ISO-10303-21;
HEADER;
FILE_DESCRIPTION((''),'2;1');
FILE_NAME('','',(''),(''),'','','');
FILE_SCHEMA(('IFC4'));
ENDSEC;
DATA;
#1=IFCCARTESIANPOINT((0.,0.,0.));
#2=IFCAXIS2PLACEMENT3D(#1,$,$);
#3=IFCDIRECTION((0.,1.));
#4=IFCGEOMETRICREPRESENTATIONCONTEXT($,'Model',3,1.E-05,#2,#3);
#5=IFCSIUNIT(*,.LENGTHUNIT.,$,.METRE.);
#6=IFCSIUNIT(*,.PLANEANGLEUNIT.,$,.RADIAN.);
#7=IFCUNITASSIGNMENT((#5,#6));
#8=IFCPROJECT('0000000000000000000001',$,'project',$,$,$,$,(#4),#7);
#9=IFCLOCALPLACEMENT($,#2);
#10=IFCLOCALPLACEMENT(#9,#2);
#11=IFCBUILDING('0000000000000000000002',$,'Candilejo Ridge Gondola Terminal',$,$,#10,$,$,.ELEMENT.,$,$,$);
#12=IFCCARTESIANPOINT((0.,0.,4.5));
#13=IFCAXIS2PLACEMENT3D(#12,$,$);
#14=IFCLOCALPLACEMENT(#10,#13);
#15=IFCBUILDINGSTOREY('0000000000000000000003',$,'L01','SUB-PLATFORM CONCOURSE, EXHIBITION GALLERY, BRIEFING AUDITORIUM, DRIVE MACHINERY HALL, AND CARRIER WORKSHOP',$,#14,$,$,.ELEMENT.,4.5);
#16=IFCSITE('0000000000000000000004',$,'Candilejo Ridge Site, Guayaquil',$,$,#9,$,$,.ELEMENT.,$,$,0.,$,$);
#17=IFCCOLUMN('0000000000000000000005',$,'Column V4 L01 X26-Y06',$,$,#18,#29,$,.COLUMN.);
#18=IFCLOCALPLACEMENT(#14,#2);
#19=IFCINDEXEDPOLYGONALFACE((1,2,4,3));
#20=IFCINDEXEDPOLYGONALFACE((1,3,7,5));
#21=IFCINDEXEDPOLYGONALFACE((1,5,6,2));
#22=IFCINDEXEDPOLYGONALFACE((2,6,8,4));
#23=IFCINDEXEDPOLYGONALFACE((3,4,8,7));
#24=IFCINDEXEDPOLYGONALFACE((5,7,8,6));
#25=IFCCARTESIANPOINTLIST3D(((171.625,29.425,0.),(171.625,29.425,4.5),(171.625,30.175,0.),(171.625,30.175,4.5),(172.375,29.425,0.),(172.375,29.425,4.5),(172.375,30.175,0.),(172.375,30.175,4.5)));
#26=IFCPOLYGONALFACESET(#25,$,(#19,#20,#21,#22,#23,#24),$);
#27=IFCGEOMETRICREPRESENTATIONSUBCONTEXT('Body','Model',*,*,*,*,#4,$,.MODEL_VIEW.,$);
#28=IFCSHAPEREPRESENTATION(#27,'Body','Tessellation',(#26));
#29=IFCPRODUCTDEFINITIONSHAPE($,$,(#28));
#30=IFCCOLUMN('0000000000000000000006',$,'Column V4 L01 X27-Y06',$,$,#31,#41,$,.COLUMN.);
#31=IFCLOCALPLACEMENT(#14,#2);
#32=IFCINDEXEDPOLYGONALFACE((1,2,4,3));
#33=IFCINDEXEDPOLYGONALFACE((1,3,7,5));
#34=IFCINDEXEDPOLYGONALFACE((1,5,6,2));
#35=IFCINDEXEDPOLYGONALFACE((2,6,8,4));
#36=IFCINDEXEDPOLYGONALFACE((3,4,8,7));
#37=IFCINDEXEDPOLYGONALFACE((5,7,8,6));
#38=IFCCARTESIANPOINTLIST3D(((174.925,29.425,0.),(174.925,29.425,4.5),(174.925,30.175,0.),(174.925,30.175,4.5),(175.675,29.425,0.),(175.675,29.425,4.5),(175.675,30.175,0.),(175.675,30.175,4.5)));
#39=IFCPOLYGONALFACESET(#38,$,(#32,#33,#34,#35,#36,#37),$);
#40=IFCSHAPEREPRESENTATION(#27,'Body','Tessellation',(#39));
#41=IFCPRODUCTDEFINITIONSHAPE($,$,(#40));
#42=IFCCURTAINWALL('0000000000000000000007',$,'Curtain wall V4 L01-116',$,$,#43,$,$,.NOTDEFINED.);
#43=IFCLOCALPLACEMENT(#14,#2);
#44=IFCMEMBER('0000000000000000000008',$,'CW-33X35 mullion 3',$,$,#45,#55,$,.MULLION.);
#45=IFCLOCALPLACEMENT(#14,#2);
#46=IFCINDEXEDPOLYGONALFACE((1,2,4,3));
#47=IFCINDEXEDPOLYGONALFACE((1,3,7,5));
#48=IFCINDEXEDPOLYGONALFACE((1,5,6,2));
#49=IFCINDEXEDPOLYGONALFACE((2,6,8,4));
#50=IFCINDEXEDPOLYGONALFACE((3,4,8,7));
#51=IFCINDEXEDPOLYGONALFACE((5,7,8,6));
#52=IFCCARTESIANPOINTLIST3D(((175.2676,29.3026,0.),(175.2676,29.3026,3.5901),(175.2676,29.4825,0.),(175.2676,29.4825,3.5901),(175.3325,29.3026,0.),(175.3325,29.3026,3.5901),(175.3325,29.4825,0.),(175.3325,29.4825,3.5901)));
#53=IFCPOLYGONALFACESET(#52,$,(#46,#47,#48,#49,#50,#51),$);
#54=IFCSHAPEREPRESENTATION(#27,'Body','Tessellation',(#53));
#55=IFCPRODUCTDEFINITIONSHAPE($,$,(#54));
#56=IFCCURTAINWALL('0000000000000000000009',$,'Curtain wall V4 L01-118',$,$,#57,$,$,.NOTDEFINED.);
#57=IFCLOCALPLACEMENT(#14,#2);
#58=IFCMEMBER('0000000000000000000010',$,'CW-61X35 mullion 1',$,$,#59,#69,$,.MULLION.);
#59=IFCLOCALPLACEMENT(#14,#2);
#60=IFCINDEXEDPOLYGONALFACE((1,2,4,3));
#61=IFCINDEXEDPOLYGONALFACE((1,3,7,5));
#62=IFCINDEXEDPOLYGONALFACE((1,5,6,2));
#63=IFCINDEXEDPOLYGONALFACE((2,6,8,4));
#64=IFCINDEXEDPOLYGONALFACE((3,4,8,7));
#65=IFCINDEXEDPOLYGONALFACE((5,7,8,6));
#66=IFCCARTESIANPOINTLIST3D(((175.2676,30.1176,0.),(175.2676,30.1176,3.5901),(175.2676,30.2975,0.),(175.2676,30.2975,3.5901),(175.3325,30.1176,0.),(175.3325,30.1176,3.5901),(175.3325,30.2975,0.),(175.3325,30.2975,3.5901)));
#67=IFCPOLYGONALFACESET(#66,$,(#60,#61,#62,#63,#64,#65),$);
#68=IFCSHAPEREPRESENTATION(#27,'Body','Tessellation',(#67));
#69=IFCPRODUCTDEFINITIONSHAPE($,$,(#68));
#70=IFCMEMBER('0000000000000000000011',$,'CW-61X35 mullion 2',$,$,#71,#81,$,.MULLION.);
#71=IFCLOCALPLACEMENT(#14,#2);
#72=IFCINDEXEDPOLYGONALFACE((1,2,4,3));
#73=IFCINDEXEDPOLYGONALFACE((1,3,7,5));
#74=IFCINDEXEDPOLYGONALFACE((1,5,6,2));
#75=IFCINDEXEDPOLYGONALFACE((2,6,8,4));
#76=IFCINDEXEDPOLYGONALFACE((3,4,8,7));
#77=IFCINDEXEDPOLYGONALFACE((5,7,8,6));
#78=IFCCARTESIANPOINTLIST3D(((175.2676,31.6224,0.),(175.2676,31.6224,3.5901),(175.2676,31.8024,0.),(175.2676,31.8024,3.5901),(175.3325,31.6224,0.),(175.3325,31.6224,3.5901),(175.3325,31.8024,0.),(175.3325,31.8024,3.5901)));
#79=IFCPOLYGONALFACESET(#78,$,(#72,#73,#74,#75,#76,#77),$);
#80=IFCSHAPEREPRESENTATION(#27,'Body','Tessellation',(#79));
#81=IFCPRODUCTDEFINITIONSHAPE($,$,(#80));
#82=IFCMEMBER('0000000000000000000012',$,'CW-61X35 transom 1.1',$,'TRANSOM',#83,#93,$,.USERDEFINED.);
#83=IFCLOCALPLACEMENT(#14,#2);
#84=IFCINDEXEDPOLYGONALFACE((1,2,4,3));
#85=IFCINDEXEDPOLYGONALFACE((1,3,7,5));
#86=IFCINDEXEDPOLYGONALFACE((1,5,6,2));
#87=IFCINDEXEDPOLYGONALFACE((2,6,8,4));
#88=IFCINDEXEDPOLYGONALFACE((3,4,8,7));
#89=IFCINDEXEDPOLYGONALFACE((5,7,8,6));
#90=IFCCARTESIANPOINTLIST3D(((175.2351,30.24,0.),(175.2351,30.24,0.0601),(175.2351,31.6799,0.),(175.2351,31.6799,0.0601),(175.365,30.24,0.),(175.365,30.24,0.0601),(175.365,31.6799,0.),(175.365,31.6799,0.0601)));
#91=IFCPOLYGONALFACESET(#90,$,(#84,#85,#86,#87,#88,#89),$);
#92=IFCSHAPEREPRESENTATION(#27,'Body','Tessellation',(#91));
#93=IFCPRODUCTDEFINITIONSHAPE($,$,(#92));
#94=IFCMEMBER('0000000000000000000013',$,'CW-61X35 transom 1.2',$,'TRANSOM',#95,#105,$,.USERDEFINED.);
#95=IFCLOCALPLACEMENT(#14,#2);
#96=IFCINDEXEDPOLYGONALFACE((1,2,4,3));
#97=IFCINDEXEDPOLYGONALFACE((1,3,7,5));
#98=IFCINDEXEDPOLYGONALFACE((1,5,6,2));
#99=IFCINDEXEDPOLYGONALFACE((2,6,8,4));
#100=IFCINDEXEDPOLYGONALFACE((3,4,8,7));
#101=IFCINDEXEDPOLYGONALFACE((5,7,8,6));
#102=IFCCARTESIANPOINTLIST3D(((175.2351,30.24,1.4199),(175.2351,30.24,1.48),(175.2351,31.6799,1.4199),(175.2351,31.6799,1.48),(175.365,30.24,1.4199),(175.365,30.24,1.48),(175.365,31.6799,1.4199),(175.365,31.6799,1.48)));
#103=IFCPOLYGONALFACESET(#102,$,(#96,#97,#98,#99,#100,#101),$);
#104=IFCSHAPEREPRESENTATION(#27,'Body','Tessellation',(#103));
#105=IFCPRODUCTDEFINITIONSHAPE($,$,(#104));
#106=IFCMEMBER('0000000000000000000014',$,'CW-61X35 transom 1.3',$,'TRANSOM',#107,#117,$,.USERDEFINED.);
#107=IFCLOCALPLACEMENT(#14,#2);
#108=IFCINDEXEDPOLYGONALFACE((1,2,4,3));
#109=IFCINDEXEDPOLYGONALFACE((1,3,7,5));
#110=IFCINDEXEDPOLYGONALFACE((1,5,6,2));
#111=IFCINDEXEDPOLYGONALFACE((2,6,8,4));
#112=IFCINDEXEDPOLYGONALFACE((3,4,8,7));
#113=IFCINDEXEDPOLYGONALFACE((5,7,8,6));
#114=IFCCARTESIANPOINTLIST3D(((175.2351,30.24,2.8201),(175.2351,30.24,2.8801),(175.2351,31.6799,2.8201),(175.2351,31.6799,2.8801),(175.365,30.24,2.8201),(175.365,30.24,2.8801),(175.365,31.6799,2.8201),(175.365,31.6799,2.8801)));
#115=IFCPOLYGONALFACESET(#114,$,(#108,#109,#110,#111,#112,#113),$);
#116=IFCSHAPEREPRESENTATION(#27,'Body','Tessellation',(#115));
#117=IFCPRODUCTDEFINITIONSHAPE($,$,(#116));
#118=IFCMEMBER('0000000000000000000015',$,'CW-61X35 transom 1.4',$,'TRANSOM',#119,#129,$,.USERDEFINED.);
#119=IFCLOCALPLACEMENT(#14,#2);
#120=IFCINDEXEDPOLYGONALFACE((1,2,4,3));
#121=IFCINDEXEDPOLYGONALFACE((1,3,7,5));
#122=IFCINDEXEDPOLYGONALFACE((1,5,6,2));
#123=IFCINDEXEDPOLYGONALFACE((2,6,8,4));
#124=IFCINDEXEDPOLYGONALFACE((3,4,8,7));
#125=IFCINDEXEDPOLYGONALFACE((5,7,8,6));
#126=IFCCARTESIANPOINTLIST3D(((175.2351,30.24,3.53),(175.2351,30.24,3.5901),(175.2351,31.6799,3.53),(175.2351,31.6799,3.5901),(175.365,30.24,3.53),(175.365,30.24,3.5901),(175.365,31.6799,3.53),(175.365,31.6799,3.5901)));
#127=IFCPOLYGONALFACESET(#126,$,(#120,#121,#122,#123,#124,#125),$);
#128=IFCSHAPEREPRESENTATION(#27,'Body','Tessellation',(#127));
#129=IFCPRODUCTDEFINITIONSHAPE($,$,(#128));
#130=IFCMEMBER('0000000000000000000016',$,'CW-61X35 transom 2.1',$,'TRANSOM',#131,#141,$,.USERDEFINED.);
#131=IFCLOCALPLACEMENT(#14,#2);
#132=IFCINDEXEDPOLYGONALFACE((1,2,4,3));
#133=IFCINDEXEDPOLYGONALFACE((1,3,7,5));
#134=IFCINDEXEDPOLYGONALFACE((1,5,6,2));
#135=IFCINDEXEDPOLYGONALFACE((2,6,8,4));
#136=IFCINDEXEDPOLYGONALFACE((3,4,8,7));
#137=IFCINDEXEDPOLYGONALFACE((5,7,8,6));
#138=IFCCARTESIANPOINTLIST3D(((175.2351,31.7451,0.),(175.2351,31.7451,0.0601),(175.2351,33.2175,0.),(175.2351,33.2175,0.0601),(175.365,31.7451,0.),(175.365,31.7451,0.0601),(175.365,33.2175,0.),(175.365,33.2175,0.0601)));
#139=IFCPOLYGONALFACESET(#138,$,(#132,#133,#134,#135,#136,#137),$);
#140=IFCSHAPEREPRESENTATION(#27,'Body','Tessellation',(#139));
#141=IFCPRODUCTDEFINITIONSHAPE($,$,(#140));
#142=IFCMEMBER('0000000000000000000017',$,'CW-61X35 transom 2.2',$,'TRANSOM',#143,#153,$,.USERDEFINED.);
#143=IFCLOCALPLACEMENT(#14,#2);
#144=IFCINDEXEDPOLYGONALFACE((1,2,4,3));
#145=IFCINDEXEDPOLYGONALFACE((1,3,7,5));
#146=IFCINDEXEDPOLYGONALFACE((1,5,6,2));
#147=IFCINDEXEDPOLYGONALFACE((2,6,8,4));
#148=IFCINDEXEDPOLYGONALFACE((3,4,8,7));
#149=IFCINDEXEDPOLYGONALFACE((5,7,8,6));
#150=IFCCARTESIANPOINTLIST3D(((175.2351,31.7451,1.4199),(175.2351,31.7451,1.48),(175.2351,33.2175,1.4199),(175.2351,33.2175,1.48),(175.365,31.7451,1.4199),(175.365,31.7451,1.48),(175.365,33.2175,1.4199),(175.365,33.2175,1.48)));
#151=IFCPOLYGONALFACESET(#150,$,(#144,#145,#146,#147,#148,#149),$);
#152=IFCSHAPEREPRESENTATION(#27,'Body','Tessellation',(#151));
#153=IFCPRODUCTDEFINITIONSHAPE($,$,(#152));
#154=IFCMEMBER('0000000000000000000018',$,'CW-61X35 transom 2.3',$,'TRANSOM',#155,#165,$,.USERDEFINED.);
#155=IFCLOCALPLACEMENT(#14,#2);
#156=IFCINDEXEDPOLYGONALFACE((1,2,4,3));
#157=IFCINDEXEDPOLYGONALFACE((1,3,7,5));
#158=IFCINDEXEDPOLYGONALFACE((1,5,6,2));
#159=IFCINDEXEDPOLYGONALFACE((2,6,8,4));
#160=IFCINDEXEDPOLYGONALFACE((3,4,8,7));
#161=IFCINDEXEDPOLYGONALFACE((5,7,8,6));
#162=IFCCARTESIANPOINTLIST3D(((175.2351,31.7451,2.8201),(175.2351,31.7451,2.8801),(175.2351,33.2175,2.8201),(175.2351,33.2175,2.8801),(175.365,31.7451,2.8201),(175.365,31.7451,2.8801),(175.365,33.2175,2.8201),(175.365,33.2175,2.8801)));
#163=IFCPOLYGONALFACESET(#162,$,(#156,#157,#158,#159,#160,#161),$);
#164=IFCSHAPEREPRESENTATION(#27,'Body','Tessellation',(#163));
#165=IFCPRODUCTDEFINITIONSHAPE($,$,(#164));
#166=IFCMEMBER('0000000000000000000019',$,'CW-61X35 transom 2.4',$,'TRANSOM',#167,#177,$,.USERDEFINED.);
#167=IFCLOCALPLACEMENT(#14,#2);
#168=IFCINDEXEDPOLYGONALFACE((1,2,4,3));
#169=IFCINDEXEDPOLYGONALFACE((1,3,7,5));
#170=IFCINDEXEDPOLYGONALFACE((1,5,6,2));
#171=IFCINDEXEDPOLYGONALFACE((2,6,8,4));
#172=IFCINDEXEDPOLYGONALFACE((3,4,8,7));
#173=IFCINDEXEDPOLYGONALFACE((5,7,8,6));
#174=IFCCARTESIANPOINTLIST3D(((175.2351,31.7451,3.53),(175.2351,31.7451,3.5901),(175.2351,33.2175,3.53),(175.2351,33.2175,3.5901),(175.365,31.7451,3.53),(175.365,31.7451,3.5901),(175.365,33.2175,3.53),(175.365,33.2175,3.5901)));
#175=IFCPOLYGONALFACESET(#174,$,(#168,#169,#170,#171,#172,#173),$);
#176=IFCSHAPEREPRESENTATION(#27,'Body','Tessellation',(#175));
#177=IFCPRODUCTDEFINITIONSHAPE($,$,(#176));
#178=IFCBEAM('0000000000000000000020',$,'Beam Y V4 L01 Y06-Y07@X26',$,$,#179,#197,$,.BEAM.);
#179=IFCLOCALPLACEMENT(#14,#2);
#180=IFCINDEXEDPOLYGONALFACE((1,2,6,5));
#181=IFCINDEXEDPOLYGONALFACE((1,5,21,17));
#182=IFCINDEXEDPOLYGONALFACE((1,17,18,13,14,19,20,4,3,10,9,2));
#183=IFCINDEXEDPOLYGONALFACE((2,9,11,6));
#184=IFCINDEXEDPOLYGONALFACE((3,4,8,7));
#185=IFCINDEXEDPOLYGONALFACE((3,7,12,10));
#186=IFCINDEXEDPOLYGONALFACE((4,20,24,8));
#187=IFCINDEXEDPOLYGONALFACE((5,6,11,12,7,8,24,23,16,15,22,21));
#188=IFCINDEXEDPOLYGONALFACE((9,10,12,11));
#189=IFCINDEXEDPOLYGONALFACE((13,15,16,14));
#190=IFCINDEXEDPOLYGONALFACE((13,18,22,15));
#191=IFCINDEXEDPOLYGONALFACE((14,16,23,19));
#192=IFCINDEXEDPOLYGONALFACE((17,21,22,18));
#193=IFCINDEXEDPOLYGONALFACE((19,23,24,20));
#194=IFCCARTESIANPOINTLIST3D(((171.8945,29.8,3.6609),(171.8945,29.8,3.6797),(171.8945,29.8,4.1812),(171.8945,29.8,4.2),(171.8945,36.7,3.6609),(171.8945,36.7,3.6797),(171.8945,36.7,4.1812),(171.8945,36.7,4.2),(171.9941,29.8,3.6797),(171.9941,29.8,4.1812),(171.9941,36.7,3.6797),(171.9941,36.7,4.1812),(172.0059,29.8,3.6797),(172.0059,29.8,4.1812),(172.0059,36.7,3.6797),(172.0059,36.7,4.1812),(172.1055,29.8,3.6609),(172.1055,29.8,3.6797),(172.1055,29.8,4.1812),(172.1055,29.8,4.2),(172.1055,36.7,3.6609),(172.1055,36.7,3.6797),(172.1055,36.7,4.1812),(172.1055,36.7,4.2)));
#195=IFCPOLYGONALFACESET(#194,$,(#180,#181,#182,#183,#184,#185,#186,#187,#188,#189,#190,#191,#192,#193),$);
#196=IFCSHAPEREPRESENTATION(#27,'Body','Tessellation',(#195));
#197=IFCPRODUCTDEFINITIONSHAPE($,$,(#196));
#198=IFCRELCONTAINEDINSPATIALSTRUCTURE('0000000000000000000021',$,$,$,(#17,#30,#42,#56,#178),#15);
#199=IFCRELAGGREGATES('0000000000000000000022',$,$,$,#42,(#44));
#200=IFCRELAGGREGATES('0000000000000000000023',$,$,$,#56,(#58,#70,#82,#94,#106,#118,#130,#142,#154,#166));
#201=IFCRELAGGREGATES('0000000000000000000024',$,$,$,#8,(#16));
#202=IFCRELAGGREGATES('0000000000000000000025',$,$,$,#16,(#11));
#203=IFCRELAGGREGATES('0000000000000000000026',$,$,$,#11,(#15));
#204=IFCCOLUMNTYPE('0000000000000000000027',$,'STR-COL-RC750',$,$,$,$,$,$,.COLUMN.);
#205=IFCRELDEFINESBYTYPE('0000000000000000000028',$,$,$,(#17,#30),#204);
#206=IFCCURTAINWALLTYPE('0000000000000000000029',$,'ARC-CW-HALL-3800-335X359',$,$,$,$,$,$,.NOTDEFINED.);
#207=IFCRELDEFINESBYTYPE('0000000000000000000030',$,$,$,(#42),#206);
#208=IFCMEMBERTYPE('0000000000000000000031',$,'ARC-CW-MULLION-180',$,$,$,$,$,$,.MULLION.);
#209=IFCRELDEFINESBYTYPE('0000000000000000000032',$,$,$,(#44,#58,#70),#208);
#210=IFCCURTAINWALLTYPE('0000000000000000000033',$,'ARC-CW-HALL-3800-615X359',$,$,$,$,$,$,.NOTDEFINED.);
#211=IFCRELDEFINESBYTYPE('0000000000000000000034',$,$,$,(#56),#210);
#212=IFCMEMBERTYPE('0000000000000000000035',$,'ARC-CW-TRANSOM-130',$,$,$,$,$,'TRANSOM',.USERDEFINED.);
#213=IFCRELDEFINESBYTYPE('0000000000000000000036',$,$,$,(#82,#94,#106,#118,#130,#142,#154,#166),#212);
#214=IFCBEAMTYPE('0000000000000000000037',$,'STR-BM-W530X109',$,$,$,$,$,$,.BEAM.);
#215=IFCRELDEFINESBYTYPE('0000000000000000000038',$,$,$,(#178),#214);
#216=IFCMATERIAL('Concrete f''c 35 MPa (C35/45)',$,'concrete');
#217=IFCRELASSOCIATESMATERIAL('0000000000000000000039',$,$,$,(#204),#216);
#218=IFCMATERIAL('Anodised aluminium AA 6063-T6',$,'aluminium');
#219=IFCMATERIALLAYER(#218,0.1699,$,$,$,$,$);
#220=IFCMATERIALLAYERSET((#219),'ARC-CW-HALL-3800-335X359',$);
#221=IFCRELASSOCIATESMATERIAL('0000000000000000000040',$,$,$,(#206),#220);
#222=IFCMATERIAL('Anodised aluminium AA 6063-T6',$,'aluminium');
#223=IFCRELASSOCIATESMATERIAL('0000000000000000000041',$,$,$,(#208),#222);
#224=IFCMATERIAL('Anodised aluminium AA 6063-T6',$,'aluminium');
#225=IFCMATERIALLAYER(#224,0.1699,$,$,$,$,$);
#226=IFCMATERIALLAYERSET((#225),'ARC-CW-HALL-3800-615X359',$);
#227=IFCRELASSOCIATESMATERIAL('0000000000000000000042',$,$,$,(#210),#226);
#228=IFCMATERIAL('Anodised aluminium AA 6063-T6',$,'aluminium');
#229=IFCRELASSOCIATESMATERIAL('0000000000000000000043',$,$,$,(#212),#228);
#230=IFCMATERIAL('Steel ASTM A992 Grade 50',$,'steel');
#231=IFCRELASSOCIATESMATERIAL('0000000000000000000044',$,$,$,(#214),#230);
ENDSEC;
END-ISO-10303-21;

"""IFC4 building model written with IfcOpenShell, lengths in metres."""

from ifc_helpers import new_model, si_unit, direction, frame, origin, origin_2d, place, context, subcontext, project, spatial, rectangle, i_section, extrude, material, layer, layer_set, material_profile, profile_set, type_object, element, aggregate, save


model = new_model("IFC4")

# Units and contexts
model_context = context("Model", 3, precision=1e-05, world=origin(), true_north=direction((0.0, 1.0)))
body_context = subcontext(model_context, "Body", "Model", "MODEL_VIEW")
ifc_project = project(units=[si_unit("LENGTHUNIT", "METRE"), si_unit("PLANEANGLEUNIT", "RADIAN")], contexts=[model_context])

# Site, building, storey
site_placement = place(None, origin())
site = spatial("IfcSite", under=ifc_project, at=site_placement, Name="Candilejo Ridge Site, Guayaquil", CompositionType="ELEMENT", RefElevation=0.0)
building_placement = place(site_placement, origin())
building = spatial("IfcBuilding", under=site, at=building_placement, Name="Candilejo Ridge Gondola Terminal", CompositionType="ELEMENT")
storey_placement = place(building_placement, frame((0.0, 0.0, 4.5)))
storey = spatial("IfcBuildingStorey", under=building, at=storey_placement, Name="L01", Description="SUB-PLATFORM CONCOURSE, EXHIBITION GALLERY, BRIEFING AUDITORIUM, DRIVE MACHINERY HALL, AND CARRIER WORKSHOP", CompositionType="ELEMENT", Elevation=4.5)

# Columns
ifc_material_1 = material(Name="Concrete f'c 35 MPa (C35/45)", Category="concrete")
ifc_material_profile_1 = material_profile(ifc_material_1, rectangle(XDim=0.75, YDim=0.75, at=origin_2d()))
ifc_profile_set_1 = profile_set([ifc_material_profile_1], Name="Concrete f'c 35 MPa (C35/45)")
column_type = type_object("IfcColumnType", Name="STR-COL-RC750", PredefinedType="COLUMN", material=ifc_profile_set_1)
for number, where, z_axis, x_axis, name in (
    (1, (172.0, 29.8, 0.0), (0.0, 0.0, 1.0), (1.0, 0.0, 0.0), "Column V4 L01 X26-Y06"),
    (2, (175.3, 29.8, 0.0), (0.0, 0.0, 1.0), (1.0, 0.0, 0.0), "Column V4 L01 X27-Y06"),
):
    element("IfcColumn", number, at=place(storey_placement, frame(where, z_axis=z_axis, x_axis=x_axis)), inside=storey, type_object=column_type, Name=name, PredefinedType="COLUMN", context=body_context, shape_type="SweptSolid", body=[
        extrude(rectangle(XDim=0.75, YDim=0.75, at=origin_2d()), origin(), (0.0, 0.0, 1.0), 4.5),
    ])

# Curtain wall, member
ifc_material_2 = material(Name="Anodised aluminium AA 6063-T6", Category="aluminium")
ifc_layer_1 = layer(ifc_material_2, 0.1699)
ifc_layer_set_1 = layer_set([ifc_layer_1], Name="ARC-CW-HALL-3800-335X359")
curtain_wall_type_1 = type_object("IfcCurtainWallType", Name="ARC-CW-HALL-3800-335X359", PredefinedType="NOTDEFINED", material=ifc_layer_set_1)
curtain_wall_1_placement = place(storey_placement, origin())
curtain_wall_1 = element("IfcCurtainWall", 3, at=curtain_wall_1_placement, inside=storey, type_object=curtain_wall_type_1, Name="Curtain wall V4 L01-116", PredefinedType="NOTDEFINED")
ifc_material_3 = material(Name="Anodised aluminium AA 6063-T6", Category="aluminium")
ifc_material_profile_2 = material_profile(ifc_material_3, rectangle(XDim=0.0649, YDim=0.1799, at=origin_2d()))
ifc_profile_set_2 = profile_set([ifc_material_profile_2], Name="Anodised aluminium AA 6063-T6")
member_type_1 = type_object("IfcMemberType", Name="ARC-CW-MULLION-180", PredefinedType="MULLION", material=ifc_profile_set_2)
member_1_placement = place(storey_placement, frame((175.3, 29.3926, 0.0), z_axis=(0.0, 0.0, 1.0), x_axis=(-1.0, 0.0, 0.0)))
member_1 = element("IfcMember", 4, at=member_1_placement, type_object=member_type_1, Name="CW-33X35 mullion 3", PredefinedType="MULLION", context=body_context, shape_type="SweptSolid", body=[
    extrude(rectangle(XDim=0.0649, YDim=0.1799, at=origin_2d()), origin(), (0.0, 0.0, 1.0), 3.5901),
])

# Curtain wall, members
ifc_material_4 = material(Name="Anodised aluminium AA 6063-T6", Category="aluminium")
ifc_layer_2 = layer(ifc_material_4, 0.1699)
ifc_layer_set_2 = layer_set([ifc_layer_2], Name="ARC-CW-HALL-3800-615X359")
curtain_wall_type_2 = type_object("IfcCurtainWallType", Name="ARC-CW-HALL-3800-615X359", PredefinedType="NOTDEFINED", material=ifc_layer_set_2)
curtain_wall_2_placement = place(storey_placement, origin())
curtain_wall_2 = element("IfcCurtainWall", 5, at=curtain_wall_2_placement, inside=storey, type_object=curtain_wall_type_2, Name="Curtain wall V4 L01-118", PredefinedType="NOTDEFINED")
member_2_placement = place(storey_placement, frame((175.3, 30.2075, 0.0), z_axis=(0.0, 0.0, 1.0), x_axis=(-1.0, 0.0, 0.0)))
member_2 = element("IfcMember", 6, at=member_2_placement, type_object=member_type_1, Name="CW-61X35 mullion 1", PredefinedType="MULLION", context=body_context, shape_type="SweptSolid", body=[
    extrude(rectangle(XDim=0.0649, YDim=0.1799, at=origin_2d()), origin(), (0.0, 0.0, 1.0), 3.5901),
])
member_3_placement = place(storey_placement, frame((175.3, 31.7124, 0.0), z_axis=(0.0, 0.0, 1.0), x_axis=(-1.0, 0.0, 0.0)))
member_3 = element("IfcMember", 7, at=member_3_placement, type_object=member_type_1, Name="CW-61X35 mullion 2", PredefinedType="MULLION", context=body_context, shape_type="SweptSolid", body=[
    extrude(rectangle(XDim=0.0649, YDim=0.1799, at=origin_2d()), origin(), (0.0, 0.0, 1.0), 3.5901),
])
ifc_material_5 = material(Name="Anodised aluminium AA 6063-T6", Category="aluminium")
ifc_material_profile_3 = material_profile(ifc_material_5, rectangle(XDim=0.1299, YDim=0.0601, at=origin_2d()))
ifc_profile_set_3 = profile_set([ifc_material_profile_3], Name="Anodised aluminium AA 6063-T6")
member_type_2 = type_object("IfcMemberType", Name="ARC-CW-TRANSOM-130", ElementType="TRANSOM", PredefinedType="USERDEFINED", material=ifc_profile_set_3)
member_4_placement = place(storey_placement, frame((175.3, 30.24, 0.03), z_axis=(0.0, 1.0, 0.0), x_axis=(-1.0, 0.0, 0.0)))
member_4 = element("IfcMember", 8, at=member_4_placement, type_object=member_type_2, Name="CW-61X35 transom 1.1", ObjectType="TRANSOM", PredefinedType="USERDEFINED", context=body_context, shape_type="SweptSolid", body=[
    extrude(rectangle(XDim=0.1299, YDim=0.0601, at=origin_2d()), origin(), (0.0, 0.0, 1.0), 1.4399),
])
member_5_placement = place(storey_placement, frame((175.3, 30.24, 1.45), z_axis=(0.0, 1.0, 0.0), x_axis=(-1.0, 0.0, 0.0)))
member_5 = element("IfcMember", 9, at=member_5_placement, type_object=member_type_2, Name="CW-61X35 transom 1.2", ObjectType="TRANSOM", PredefinedType="USERDEFINED", context=body_context, shape_type="SweptSolid", body=[
    extrude(rectangle(XDim=0.1299, YDim=0.0601, at=origin_2d()), origin(), (0.0, 0.0, 1.0), 1.4399),
])
member_6_placement = place(storey_placement, frame((175.3, 30.24, 2.8501), z_axis=(0.0, 1.0, 0.0), x_axis=(-1.0, 0.0, 0.0)))
member_6 = element("IfcMember", 10, at=member_6_placement, type_object=member_type_2, Name="CW-61X35 transom 1.3", ObjectType="TRANSOM", PredefinedType="USERDEFINED", context=body_context, shape_type="SweptSolid", body=[
    extrude(rectangle(XDim=0.1299, YDim=0.0601, at=origin_2d()), origin(), (0.0, 0.0, 1.0), 1.4399),
])
member_7_placement = place(storey_placement, frame((175.3, 30.24, 3.5601), z_axis=(0.0, 1.0, 0.0), x_axis=(-1.0, 0.0, 0.0)))
member_7 = element("IfcMember", 11, at=member_7_placement, type_object=member_type_2, Name="CW-61X35 transom 1.4", ObjectType="TRANSOM", PredefinedType="USERDEFINED", context=body_context, shape_type="SweptSolid", body=[
    extrude(rectangle(XDim=0.1299, YDim=0.0601, at=origin_2d()), origin(), (0.0, 0.0, 1.0), 1.4399),
])
member_8_placement = place(storey_placement, frame((175.3, 31.7451, 0.03), z_axis=(0.0, 1.0, 0.0), x_axis=(-1.0, 0.0, 0.0)))
member_8 = element("IfcMember", 12, at=member_8_placement, type_object=member_type_2, Name="CW-61X35 transom 2.1", ObjectType="TRANSOM", PredefinedType="USERDEFINED", context=body_context, shape_type="SweptSolid", body=[
    extrude(rectangle(XDim=0.1299, YDim=0.0601, at=origin_2d()), origin(), (0.0, 0.0, 1.0), 1.4724),
])
member_9_placement = place(storey_placement, frame((175.3, 31.7451, 1.45), z_axis=(0.0, 1.0, 0.0), x_axis=(-1.0, 0.0, 0.0)))
member_9 = element("IfcMember", 13, at=member_9_placement, type_object=member_type_2, Name="CW-61X35 transom 2.2", ObjectType="TRANSOM", PredefinedType="USERDEFINED", context=body_context, shape_type="SweptSolid", body=[
    extrude(rectangle(XDim=0.1299, YDim=0.0601, at=origin_2d()), origin(), (0.0, 0.0, 1.0), 1.4724),
])
member_10_placement = place(storey_placement, frame((175.3, 31.7451, 2.8501), z_axis=(0.0, 1.0, 0.0), x_axis=(-1.0, 0.0, 0.0)))
member_10 = element("IfcMember", 14, at=member_10_placement, type_object=member_type_2, Name="CW-61X35 transom 2.3", ObjectType="TRANSOM", PredefinedType="USERDEFINED", context=body_context, shape_type="SweptSolid", body=[
    extrude(rectangle(XDim=0.1299, YDim=0.0601, at=origin_2d()), origin(), (0.0, 0.0, 1.0), 1.4724),
])
member_11_placement = place(storey_placement, frame((175.3, 31.7451, 3.5601), z_axis=(0.0, 1.0, 0.0), x_axis=(-1.0, 0.0, 0.0)))
member_11 = element("IfcMember", 15, at=member_11_placement, type_object=member_type_2, Name="CW-61X35 transom 2.4", ObjectType="TRANSOM", PredefinedType="USERDEFINED", context=body_context, shape_type="SweptSolid", body=[
    extrude(rectangle(XDim=0.1299, YDim=0.0601, at=origin_2d()), origin(), (0.0, 0.0, 1.0), 1.4724),
])

# Beam
ifc_material_6 = material(Name="Steel ASTM A992 Grade 50", Category="steel")
ifc_material_profile_4 = material_profile(ifc_material_6, i_section(OverallWidth=0.2109, OverallDepth=0.5391, WebThickness=0.0117, FlangeThickness=0.0188, at=origin_2d()))
ifc_profile_set_4 = profile_set([ifc_material_profile_4], Name="Steel ASTM A992 Grade 50")
beam_type_1 = type_object("IfcBeamType", Name="STR-BM-W530X109", PredefinedType="BEAM", material=ifc_profile_set_4)
beam_1_placement = place(storey_placement, frame((172.0, 29.8, 3.9304), z_axis=(0.0, 1.0, 0.0), x_axis=(-1.0, 0.0, 0.0)))
element("IfcBeam", 16, at=beam_1_placement, inside=storey, type_object=beam_type_1, Name="Beam Y V4 L01 Y06-Y07@X26", PredefinedType="BEAM", context=body_context, shape_type="SweptSolid", body=[
    extrude(i_section(OverallWidth=0.2109, OverallDepth=0.5391, WebThickness=0.0117, FlangeThickness=0.0188, at=origin_2d()), origin(), (0.0, 0.0, 1.0), 6.8999),
])

aggregate(curtain_wall_1, [member_1])
aggregate(curtain_wall_2, [member_2, member_3, member_4, member_5, member_6, member_7, member_8, member_9, member_10, member_11])

save(model, "model.ifc")
